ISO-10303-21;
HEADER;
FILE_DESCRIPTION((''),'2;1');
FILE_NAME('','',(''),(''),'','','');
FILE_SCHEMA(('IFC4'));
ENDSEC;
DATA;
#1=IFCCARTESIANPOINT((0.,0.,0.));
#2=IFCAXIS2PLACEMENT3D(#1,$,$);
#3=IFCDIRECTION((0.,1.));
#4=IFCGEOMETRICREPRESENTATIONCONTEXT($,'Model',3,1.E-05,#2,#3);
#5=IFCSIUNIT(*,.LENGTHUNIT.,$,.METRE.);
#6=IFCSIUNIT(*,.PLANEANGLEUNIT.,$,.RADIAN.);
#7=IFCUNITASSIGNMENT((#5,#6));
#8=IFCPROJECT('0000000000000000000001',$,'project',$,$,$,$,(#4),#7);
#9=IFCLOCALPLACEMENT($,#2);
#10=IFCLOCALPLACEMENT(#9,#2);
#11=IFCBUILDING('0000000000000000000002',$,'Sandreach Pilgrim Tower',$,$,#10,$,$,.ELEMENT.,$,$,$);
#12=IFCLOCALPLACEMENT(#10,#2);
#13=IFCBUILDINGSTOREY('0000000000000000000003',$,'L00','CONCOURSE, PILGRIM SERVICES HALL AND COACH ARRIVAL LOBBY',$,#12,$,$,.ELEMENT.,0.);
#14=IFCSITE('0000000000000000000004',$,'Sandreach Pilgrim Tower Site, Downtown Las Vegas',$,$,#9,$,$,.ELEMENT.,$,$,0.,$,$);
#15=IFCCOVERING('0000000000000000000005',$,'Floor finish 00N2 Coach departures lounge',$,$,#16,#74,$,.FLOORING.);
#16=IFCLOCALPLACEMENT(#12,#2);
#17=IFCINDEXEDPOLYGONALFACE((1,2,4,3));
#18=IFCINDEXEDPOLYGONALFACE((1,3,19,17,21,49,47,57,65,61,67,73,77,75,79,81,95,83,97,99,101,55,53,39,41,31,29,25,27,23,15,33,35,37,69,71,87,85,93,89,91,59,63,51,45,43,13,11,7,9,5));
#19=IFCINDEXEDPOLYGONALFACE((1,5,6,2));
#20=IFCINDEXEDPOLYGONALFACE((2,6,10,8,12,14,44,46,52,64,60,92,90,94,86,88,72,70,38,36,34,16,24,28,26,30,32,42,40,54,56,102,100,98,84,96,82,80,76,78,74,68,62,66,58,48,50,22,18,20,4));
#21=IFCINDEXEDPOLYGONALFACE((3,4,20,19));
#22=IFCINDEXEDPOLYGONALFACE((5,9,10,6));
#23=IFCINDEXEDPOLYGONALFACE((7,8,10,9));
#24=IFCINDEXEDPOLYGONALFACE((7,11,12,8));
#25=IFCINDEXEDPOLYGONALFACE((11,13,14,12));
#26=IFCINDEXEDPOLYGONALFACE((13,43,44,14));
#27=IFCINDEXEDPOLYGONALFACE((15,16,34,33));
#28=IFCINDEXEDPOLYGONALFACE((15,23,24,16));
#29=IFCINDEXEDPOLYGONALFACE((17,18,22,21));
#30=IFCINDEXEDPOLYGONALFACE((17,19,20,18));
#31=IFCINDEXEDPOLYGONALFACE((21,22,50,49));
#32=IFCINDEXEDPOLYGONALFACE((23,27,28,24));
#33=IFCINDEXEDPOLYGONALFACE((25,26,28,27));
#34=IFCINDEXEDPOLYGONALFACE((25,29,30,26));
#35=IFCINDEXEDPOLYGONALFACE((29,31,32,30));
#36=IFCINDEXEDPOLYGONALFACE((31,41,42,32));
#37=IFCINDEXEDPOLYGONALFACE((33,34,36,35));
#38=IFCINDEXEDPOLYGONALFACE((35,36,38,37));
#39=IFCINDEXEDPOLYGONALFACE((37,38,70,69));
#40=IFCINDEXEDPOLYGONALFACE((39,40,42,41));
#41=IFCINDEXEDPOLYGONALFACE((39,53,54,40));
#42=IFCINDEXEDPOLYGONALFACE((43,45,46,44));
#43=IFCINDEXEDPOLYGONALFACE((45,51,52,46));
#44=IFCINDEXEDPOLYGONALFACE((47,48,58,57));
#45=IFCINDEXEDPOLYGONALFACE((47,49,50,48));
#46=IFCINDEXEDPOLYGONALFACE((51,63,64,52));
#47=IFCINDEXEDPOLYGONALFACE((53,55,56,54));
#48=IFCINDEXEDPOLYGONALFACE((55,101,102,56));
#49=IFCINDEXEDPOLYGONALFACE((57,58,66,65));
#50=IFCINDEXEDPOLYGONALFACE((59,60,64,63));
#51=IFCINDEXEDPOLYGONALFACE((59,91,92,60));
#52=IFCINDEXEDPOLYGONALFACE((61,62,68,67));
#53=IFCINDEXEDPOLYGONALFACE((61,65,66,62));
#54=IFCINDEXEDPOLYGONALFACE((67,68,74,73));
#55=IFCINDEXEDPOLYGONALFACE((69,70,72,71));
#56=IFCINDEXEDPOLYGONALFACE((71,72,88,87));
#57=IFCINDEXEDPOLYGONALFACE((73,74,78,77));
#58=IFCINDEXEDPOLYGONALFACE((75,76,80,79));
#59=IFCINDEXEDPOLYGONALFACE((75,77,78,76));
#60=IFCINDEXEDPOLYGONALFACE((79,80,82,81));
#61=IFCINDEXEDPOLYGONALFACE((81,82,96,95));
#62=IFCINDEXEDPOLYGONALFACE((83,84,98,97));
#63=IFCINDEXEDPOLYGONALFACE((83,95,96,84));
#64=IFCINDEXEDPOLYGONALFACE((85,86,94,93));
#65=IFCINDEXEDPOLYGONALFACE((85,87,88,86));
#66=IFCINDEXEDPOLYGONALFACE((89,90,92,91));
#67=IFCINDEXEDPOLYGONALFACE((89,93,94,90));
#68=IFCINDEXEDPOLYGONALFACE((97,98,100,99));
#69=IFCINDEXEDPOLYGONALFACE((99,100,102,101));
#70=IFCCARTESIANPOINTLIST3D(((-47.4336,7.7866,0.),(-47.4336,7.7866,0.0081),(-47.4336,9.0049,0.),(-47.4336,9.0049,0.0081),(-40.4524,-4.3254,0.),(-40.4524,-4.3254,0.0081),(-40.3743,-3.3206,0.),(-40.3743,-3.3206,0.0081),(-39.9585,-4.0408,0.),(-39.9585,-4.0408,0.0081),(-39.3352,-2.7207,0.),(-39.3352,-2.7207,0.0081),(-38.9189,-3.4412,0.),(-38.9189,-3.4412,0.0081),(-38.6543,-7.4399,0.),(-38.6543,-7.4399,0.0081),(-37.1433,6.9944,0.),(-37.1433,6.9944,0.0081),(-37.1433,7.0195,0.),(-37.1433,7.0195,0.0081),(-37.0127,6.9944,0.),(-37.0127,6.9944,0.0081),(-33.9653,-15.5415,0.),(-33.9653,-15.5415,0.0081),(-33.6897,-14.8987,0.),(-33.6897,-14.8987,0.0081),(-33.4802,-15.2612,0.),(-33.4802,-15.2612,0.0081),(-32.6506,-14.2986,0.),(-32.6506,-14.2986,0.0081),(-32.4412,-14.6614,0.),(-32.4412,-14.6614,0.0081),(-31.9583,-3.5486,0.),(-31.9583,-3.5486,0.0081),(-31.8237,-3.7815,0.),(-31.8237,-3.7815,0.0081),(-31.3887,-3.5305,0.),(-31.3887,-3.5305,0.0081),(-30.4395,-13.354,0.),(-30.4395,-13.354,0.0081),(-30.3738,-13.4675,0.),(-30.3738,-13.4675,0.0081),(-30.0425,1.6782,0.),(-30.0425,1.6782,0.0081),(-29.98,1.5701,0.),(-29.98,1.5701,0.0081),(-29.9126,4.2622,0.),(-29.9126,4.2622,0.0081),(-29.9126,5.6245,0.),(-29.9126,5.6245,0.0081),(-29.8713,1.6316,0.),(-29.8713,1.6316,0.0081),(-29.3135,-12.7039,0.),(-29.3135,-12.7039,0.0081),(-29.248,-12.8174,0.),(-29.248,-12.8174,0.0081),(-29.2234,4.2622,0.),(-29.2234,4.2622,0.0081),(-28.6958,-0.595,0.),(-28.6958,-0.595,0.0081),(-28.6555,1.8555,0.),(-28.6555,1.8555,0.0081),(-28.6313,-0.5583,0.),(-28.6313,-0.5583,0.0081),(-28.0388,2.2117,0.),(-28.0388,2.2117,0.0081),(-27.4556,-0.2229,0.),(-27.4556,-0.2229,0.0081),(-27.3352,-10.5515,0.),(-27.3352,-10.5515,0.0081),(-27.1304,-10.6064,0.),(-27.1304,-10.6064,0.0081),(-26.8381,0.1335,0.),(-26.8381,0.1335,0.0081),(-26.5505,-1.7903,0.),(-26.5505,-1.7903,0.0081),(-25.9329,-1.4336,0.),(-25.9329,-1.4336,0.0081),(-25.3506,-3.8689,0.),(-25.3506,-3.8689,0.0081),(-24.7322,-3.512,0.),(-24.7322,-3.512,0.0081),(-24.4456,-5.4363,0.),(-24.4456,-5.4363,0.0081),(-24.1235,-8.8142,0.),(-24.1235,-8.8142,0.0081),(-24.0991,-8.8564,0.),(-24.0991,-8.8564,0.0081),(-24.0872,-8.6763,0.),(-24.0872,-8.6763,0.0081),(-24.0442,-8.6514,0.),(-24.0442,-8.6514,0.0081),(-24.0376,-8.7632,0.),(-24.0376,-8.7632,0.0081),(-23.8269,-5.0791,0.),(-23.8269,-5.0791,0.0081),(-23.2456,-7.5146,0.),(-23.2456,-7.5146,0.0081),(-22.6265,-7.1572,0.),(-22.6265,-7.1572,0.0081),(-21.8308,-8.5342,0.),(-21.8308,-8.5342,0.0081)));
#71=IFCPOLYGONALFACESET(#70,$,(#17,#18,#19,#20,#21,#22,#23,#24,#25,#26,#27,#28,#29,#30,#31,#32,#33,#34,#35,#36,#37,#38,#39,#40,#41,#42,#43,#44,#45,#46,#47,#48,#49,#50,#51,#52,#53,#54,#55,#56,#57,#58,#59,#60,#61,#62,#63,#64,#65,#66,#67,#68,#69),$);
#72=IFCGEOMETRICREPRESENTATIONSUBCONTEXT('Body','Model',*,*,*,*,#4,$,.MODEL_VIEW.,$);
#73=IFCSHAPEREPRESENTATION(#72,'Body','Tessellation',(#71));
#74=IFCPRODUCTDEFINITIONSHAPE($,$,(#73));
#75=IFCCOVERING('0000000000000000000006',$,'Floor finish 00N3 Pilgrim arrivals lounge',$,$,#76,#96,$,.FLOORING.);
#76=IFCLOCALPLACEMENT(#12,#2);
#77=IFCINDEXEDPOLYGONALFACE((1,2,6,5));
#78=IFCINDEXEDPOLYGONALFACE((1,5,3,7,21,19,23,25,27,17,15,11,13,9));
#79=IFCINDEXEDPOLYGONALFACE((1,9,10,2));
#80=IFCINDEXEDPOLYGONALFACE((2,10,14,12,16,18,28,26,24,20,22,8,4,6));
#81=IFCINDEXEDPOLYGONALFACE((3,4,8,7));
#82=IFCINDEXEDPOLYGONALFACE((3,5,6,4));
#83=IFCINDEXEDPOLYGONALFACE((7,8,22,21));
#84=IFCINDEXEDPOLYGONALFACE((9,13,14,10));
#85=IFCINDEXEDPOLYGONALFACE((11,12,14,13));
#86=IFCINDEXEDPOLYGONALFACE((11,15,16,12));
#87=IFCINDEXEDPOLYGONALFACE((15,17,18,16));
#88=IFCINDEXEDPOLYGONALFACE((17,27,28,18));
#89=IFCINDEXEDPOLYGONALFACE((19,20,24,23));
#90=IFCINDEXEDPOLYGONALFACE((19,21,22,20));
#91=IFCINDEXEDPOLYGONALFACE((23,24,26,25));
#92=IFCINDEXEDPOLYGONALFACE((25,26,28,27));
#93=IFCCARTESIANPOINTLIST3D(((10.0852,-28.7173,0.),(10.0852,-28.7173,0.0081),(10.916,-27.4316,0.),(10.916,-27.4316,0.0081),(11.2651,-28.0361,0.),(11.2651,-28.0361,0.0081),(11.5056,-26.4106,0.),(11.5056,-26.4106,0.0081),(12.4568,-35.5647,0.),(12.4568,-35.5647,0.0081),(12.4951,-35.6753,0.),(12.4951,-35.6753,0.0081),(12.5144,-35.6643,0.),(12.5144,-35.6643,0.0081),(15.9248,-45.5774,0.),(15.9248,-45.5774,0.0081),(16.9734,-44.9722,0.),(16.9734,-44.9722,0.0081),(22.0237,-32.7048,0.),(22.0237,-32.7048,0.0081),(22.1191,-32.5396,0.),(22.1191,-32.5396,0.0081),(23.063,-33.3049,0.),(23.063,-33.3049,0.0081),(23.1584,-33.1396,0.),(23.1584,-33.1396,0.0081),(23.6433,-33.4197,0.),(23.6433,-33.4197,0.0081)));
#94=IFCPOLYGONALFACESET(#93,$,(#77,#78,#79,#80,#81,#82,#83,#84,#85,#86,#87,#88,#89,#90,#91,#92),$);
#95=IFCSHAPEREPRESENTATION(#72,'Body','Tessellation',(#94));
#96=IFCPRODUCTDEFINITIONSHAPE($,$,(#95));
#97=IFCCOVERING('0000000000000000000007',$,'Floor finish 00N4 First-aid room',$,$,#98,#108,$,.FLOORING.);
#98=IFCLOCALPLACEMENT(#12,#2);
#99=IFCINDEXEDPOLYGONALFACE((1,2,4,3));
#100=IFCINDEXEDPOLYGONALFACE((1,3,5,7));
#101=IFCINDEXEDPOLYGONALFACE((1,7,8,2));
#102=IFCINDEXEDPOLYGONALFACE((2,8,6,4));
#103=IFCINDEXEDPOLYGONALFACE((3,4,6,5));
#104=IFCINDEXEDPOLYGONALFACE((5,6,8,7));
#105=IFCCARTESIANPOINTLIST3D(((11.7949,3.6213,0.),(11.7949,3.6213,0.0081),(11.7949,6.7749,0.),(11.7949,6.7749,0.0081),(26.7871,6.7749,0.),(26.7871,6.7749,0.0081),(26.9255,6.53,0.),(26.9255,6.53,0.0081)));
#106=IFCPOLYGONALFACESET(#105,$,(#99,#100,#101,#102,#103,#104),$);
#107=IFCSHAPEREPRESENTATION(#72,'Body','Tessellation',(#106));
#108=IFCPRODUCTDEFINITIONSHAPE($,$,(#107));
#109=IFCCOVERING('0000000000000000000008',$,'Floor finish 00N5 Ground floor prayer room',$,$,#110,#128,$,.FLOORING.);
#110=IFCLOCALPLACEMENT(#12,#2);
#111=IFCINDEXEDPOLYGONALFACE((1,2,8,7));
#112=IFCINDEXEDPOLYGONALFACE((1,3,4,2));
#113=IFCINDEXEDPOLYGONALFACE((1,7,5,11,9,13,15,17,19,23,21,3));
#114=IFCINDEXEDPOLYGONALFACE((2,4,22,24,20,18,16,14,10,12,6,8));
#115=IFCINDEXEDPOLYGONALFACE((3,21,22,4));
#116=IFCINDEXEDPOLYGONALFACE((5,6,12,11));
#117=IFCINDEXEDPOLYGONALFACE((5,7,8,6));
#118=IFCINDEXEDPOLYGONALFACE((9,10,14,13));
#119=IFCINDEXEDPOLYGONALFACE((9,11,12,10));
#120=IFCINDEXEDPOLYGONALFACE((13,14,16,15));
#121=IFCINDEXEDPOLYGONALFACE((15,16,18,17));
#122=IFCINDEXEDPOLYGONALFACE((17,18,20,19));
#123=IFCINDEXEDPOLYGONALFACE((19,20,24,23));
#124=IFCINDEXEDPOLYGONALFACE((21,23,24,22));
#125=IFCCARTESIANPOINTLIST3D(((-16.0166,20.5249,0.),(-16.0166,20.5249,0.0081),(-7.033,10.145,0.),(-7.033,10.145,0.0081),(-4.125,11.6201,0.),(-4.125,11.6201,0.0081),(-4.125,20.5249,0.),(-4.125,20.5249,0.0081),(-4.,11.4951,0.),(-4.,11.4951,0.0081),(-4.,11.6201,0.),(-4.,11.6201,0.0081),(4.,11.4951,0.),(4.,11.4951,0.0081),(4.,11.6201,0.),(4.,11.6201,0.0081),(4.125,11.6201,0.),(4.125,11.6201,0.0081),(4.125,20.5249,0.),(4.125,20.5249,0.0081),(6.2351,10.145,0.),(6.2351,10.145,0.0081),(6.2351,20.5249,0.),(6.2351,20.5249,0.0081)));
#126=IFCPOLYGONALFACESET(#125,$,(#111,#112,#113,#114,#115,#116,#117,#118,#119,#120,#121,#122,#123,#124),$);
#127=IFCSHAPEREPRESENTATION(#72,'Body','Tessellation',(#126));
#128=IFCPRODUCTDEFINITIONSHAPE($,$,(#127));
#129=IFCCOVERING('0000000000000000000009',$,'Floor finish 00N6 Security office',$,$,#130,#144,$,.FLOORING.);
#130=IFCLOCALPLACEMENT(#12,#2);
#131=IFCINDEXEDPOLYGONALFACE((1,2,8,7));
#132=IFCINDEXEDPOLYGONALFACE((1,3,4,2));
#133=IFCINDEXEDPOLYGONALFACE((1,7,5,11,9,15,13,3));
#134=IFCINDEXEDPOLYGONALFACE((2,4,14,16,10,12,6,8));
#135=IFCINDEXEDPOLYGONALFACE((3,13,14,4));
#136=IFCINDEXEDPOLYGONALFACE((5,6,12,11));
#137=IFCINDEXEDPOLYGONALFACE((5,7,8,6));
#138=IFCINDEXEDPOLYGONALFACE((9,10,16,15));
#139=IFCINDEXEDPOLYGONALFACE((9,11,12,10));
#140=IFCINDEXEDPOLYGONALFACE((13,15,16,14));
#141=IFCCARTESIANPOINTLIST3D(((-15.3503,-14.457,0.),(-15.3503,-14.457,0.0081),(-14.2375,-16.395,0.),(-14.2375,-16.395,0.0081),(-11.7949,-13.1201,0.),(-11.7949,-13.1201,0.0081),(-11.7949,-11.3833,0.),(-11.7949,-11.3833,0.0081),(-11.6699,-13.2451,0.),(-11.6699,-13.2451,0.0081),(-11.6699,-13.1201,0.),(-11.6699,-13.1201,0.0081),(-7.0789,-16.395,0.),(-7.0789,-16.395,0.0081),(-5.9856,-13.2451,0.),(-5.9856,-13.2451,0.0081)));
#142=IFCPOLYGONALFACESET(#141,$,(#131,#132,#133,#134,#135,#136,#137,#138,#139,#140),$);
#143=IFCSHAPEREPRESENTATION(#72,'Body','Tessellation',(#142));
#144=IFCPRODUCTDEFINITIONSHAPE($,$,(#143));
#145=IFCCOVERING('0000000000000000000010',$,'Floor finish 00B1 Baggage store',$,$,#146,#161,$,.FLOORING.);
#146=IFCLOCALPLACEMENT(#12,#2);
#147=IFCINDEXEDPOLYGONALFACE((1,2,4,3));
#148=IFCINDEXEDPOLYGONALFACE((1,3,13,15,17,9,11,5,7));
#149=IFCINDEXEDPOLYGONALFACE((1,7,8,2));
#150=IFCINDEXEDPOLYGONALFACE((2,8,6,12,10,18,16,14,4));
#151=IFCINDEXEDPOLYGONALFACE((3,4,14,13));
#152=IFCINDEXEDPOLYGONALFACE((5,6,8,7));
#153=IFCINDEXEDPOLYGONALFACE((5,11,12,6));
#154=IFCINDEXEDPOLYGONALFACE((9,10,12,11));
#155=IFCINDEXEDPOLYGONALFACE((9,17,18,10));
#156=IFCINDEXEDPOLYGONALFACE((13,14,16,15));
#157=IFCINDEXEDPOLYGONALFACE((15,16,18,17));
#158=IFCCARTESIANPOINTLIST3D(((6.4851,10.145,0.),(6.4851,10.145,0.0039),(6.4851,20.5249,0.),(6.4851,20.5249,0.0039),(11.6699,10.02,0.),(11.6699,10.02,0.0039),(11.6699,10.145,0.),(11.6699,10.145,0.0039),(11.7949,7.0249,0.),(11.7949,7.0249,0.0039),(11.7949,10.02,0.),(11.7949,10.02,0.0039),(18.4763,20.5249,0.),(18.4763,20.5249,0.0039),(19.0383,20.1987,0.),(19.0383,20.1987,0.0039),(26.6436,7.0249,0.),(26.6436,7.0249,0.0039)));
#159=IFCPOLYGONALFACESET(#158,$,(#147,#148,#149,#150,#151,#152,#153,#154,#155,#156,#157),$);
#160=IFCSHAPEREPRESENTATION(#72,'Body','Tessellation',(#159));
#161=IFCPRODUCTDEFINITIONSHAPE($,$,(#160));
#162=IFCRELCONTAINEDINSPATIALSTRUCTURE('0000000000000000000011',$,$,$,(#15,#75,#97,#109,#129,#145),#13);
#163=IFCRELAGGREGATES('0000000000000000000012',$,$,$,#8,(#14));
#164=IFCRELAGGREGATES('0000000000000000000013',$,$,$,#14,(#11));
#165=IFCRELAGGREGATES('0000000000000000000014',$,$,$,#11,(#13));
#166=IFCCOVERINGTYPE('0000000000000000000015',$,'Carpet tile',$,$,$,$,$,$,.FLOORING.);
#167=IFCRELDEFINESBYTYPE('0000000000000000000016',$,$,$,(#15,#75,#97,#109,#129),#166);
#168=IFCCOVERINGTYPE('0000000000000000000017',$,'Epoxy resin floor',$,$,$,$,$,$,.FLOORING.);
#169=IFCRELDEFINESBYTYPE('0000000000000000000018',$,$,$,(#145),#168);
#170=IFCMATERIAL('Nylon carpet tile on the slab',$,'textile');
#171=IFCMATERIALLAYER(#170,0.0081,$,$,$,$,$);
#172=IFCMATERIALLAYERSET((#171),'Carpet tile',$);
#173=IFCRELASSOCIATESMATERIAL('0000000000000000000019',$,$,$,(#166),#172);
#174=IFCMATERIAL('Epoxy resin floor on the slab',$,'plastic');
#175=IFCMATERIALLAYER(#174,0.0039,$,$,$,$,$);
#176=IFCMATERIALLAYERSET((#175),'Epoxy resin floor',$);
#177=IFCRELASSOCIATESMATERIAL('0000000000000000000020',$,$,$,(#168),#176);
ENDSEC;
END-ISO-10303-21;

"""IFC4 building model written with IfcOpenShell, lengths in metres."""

from ifc_helpers import new_model, si_unit, direction, origin, place, context, subcontext, project, spatial, polyline, outline, extrude, material, layer, layer_set, type_object, element, save


model = new_model("IFC4")

# Units and contexts
model_context = context("Model", 3, precision=1e-05, world=origin(), true_north=direction((0.0, 1.0)))
body_context = subcontext(model_context, "Body", "Model", "MODEL_VIEW")
ifc_project = project(units=[si_unit("LENGTHUNIT", "METRE"), si_unit("PLANEANGLEUNIT", "RADIAN")], contexts=[model_context])

# Site, building, storey
site_placement = place(None, origin())
site = spatial("IfcSite", under=ifc_project, at=site_placement, Name="Sandreach Pilgrim Tower Site, Downtown Las Vegas", CompositionType="ELEMENT", RefElevation=0.0)
building_placement = place(site_placement, origin())
building = spatial("IfcBuilding", under=site, at=building_placement, Name="Sandreach Pilgrim Tower", CompositionType="ELEMENT")
storey_placement = place(building_placement, origin())
storey = spatial("IfcBuildingStorey", under=building, at=storey_placement, Name="L00", Description="CONCOURSE, PILGRIM SERVICES HALL AND COACH ARRIVAL LOBBY", CompositionType="ELEMENT", Elevation=0.0)

# Coverings
ifc_material_1 = material(Name="Nylon carpet tile on the slab", Category="textile")
ifc_layer_1 = layer(ifc_material_1, 0.0081)
ifc_layer_set_1 = layer_set([ifc_layer_1], Name="Carpet tile")
covering_type_1 = type_object("IfcCoveringType", Name="Carpet tile", PredefinedType="FLOORING", material=ifc_layer_set_1)
covering_1_placement = place(storey_placement, origin())
element("IfcCovering", 1, at=covering_1_placement, inside=storey, type_object=covering_type_1, Name="Floor finish 00N2 Coach departures lounge", PredefinedType="FLOORING", context=body_context, shape_type="SweptSolid", body=[
    extrude(outline(polyline([(-47.4336, 7.7866), (-47.4336, 9.0049), (-37.1433, 7.0195), (-37.1433, 6.9944), (-37.0127, 6.9944), (-29.9126, 5.6245), (-29.9126, 4.2622), (-29.2234, 4.2622), (-28.0388, 2.2117), (-28.6555, 1.8555), (-27.4556, -0.2229), (-26.8381, 0.1335), (-25.9329, -1.4336), (-26.5505, -1.7903), (-25.3506, -3.8689), (-24.7322, -3.512), (-23.8269, -5.0791), (-24.4456, -5.4363), (-23.2456, -7.5146), (-22.6265, -7.1572), (-21.8308, -8.5342), (-29.248, -12.8174), (-29.3135, -12.7039), (-30.4395, -13.354), (-30.3738, -13.4675), (-32.4412, -14.6614), (-32.6506, -14.2986), (-33.6897, -14.8987), (-33.4802, -15.2612), (-33.9653, -15.5415), (-38.6543, -7.4399), (-31.9583, -3.5486), (-31.8237, -3.7815), (-31.3887, -3.5305), (-27.3352, -10.5515), (-27.1304, -10.6064), (-24.0991, -8.8564), (-24.1235, -8.8142), (-24.0376, -8.7632), (-24.0872, -8.6763), (-24.0442, -8.6514), (-28.6958, -0.595), (-28.6313, -0.5583), (-29.8713, 1.6316), (-29.98, 1.5701), (-30.0425, 1.6782), (-38.9189, -3.4412), (-39.3352, -2.7207), (-40.3743, -3.3206), (-39.9585, -4.0408), (-40.4524, -4.3254), (-47.4336, 7.7866)])), origin(), (0.0, 0.0, 1.0), 0.0081),
])
covering_2_placement = place(storey_placement, origin())
element("IfcCovering", 2, at=covering_2_placement, inside=storey, type_object=covering_type_1, Name="Floor finish 00N3 Pilgrim arrivals lounge", PredefinedType="FLOORING", context=body_context, shape_type="SweptSolid", body=[
    extrude(outline(polyline([(11.2651, -28.0361), (10.916, -27.4316), (11.5056, -26.4106), (22.1191, -32.5396), (22.0237, -32.7048), (23.063, -33.3049), (23.1584, -33.1396), (23.6433, -33.4197), (16.9734, -44.9722), (15.9248, -45.5774), (12.4951, -35.6753), (12.5144, -35.6643), (12.4568, -35.5647), (10.0852, -28.7173), (11.2651, -28.0361)])), origin(), (0.0, 0.0, 1.0), 0.0081),
])
covering_3_placement = place(storey_placement, origin())
element("IfcCovering", 3, at=covering_3_placement, inside=storey, type_object=covering_type_1, Name="Floor finish 00N4 First-aid room", PredefinedType="FLOORING", context=body_context, shape_type="SweptSolid", body=[
    extrude(outline(polyline([(11.7949, 6.7749), (26.7871, 6.7749), (26.9255, 6.53), (11.7949, 3.6213), (11.7949, 6.7749)])), origin(), (0.0, 0.0, 1.0), 0.0081),
])
covering_4_placement = place(storey_placement, origin())
element("IfcCovering", 4, at=covering_4_placement, inside=storey, type_object=covering_type_1, Name="Floor finish 00N5 Ground floor prayer room", PredefinedType="FLOORING", context=body_context, shape_type="SweptSolid", body=[
    extrude(outline(polyline([(4.0, 11.4951), (4.0, 11.6201), (4.125, 11.6201), (4.125, 20.5249), (6.2351, 20.5249), (6.2351, 10.145), (-7.033, 10.145), (-16.0166, 20.5249), (-4.125, 20.5249), (-4.125, 11.6201), (-4.0, 11.6201), (-4.0, 11.4951), (4.0, 11.4951)])), origin(), (0.0, 0.0, 1.0), 0.0081),
])
covering_5_placement = place(storey_placement, origin())
element("IfcCovering", 5, at=covering_5_placement, inside=storey, type_object=covering_type_1, Name="Floor finish 00N6 Security office", PredefinedType="FLOORING", context=body_context, shape_type="SweptSolid", body=[
    extrude(outline(polyline([(-5.9856, -13.2451), (-7.0789, -16.395), (-14.2375, -16.395), (-15.3503, -14.457), (-11.7949, -11.3833), (-11.7949, -13.1201), (-11.6699, -13.1201), (-11.6699, -13.2451), (-5.9856, -13.2451)])), origin(), (0.0, 0.0, 1.0), 0.0081),
])
ifc_material_2 = material(Name="Epoxy resin floor on the slab", Category="plastic")
ifc_layer_2 = layer(ifc_material_2, 0.0039)
ifc_layer_set_2 = layer_set([ifc_layer_2], Name="Epoxy resin floor")
covering_type_2 = type_object("IfcCoveringType", Name="Epoxy resin floor", PredefinedType="FLOORING", material=ifc_layer_set_2)
covering_6_placement = place(storey_placement, origin())
element("IfcCovering", 6, at=covering_6_placement, inside=storey, type_object=covering_type_2, Name="Floor finish 00B1 Baggage store", PredefinedType="FLOORING", context=body_context, shape_type="SweptSolid", body=[
    extrude(outline(polyline([(11.6699, 10.145), (6.4851, 10.145), (6.4851, 20.5249), (18.4763, 20.5249), (19.0383, 20.1987), (26.6436, 7.0249), (11.7949, 7.0249), (11.7949, 10.02), (11.6699, 10.02), (11.6699, 10.145)])), origin(), (0.0, 0.0, 1.0), 0.0039),
])

save(model, "model.ifc")
